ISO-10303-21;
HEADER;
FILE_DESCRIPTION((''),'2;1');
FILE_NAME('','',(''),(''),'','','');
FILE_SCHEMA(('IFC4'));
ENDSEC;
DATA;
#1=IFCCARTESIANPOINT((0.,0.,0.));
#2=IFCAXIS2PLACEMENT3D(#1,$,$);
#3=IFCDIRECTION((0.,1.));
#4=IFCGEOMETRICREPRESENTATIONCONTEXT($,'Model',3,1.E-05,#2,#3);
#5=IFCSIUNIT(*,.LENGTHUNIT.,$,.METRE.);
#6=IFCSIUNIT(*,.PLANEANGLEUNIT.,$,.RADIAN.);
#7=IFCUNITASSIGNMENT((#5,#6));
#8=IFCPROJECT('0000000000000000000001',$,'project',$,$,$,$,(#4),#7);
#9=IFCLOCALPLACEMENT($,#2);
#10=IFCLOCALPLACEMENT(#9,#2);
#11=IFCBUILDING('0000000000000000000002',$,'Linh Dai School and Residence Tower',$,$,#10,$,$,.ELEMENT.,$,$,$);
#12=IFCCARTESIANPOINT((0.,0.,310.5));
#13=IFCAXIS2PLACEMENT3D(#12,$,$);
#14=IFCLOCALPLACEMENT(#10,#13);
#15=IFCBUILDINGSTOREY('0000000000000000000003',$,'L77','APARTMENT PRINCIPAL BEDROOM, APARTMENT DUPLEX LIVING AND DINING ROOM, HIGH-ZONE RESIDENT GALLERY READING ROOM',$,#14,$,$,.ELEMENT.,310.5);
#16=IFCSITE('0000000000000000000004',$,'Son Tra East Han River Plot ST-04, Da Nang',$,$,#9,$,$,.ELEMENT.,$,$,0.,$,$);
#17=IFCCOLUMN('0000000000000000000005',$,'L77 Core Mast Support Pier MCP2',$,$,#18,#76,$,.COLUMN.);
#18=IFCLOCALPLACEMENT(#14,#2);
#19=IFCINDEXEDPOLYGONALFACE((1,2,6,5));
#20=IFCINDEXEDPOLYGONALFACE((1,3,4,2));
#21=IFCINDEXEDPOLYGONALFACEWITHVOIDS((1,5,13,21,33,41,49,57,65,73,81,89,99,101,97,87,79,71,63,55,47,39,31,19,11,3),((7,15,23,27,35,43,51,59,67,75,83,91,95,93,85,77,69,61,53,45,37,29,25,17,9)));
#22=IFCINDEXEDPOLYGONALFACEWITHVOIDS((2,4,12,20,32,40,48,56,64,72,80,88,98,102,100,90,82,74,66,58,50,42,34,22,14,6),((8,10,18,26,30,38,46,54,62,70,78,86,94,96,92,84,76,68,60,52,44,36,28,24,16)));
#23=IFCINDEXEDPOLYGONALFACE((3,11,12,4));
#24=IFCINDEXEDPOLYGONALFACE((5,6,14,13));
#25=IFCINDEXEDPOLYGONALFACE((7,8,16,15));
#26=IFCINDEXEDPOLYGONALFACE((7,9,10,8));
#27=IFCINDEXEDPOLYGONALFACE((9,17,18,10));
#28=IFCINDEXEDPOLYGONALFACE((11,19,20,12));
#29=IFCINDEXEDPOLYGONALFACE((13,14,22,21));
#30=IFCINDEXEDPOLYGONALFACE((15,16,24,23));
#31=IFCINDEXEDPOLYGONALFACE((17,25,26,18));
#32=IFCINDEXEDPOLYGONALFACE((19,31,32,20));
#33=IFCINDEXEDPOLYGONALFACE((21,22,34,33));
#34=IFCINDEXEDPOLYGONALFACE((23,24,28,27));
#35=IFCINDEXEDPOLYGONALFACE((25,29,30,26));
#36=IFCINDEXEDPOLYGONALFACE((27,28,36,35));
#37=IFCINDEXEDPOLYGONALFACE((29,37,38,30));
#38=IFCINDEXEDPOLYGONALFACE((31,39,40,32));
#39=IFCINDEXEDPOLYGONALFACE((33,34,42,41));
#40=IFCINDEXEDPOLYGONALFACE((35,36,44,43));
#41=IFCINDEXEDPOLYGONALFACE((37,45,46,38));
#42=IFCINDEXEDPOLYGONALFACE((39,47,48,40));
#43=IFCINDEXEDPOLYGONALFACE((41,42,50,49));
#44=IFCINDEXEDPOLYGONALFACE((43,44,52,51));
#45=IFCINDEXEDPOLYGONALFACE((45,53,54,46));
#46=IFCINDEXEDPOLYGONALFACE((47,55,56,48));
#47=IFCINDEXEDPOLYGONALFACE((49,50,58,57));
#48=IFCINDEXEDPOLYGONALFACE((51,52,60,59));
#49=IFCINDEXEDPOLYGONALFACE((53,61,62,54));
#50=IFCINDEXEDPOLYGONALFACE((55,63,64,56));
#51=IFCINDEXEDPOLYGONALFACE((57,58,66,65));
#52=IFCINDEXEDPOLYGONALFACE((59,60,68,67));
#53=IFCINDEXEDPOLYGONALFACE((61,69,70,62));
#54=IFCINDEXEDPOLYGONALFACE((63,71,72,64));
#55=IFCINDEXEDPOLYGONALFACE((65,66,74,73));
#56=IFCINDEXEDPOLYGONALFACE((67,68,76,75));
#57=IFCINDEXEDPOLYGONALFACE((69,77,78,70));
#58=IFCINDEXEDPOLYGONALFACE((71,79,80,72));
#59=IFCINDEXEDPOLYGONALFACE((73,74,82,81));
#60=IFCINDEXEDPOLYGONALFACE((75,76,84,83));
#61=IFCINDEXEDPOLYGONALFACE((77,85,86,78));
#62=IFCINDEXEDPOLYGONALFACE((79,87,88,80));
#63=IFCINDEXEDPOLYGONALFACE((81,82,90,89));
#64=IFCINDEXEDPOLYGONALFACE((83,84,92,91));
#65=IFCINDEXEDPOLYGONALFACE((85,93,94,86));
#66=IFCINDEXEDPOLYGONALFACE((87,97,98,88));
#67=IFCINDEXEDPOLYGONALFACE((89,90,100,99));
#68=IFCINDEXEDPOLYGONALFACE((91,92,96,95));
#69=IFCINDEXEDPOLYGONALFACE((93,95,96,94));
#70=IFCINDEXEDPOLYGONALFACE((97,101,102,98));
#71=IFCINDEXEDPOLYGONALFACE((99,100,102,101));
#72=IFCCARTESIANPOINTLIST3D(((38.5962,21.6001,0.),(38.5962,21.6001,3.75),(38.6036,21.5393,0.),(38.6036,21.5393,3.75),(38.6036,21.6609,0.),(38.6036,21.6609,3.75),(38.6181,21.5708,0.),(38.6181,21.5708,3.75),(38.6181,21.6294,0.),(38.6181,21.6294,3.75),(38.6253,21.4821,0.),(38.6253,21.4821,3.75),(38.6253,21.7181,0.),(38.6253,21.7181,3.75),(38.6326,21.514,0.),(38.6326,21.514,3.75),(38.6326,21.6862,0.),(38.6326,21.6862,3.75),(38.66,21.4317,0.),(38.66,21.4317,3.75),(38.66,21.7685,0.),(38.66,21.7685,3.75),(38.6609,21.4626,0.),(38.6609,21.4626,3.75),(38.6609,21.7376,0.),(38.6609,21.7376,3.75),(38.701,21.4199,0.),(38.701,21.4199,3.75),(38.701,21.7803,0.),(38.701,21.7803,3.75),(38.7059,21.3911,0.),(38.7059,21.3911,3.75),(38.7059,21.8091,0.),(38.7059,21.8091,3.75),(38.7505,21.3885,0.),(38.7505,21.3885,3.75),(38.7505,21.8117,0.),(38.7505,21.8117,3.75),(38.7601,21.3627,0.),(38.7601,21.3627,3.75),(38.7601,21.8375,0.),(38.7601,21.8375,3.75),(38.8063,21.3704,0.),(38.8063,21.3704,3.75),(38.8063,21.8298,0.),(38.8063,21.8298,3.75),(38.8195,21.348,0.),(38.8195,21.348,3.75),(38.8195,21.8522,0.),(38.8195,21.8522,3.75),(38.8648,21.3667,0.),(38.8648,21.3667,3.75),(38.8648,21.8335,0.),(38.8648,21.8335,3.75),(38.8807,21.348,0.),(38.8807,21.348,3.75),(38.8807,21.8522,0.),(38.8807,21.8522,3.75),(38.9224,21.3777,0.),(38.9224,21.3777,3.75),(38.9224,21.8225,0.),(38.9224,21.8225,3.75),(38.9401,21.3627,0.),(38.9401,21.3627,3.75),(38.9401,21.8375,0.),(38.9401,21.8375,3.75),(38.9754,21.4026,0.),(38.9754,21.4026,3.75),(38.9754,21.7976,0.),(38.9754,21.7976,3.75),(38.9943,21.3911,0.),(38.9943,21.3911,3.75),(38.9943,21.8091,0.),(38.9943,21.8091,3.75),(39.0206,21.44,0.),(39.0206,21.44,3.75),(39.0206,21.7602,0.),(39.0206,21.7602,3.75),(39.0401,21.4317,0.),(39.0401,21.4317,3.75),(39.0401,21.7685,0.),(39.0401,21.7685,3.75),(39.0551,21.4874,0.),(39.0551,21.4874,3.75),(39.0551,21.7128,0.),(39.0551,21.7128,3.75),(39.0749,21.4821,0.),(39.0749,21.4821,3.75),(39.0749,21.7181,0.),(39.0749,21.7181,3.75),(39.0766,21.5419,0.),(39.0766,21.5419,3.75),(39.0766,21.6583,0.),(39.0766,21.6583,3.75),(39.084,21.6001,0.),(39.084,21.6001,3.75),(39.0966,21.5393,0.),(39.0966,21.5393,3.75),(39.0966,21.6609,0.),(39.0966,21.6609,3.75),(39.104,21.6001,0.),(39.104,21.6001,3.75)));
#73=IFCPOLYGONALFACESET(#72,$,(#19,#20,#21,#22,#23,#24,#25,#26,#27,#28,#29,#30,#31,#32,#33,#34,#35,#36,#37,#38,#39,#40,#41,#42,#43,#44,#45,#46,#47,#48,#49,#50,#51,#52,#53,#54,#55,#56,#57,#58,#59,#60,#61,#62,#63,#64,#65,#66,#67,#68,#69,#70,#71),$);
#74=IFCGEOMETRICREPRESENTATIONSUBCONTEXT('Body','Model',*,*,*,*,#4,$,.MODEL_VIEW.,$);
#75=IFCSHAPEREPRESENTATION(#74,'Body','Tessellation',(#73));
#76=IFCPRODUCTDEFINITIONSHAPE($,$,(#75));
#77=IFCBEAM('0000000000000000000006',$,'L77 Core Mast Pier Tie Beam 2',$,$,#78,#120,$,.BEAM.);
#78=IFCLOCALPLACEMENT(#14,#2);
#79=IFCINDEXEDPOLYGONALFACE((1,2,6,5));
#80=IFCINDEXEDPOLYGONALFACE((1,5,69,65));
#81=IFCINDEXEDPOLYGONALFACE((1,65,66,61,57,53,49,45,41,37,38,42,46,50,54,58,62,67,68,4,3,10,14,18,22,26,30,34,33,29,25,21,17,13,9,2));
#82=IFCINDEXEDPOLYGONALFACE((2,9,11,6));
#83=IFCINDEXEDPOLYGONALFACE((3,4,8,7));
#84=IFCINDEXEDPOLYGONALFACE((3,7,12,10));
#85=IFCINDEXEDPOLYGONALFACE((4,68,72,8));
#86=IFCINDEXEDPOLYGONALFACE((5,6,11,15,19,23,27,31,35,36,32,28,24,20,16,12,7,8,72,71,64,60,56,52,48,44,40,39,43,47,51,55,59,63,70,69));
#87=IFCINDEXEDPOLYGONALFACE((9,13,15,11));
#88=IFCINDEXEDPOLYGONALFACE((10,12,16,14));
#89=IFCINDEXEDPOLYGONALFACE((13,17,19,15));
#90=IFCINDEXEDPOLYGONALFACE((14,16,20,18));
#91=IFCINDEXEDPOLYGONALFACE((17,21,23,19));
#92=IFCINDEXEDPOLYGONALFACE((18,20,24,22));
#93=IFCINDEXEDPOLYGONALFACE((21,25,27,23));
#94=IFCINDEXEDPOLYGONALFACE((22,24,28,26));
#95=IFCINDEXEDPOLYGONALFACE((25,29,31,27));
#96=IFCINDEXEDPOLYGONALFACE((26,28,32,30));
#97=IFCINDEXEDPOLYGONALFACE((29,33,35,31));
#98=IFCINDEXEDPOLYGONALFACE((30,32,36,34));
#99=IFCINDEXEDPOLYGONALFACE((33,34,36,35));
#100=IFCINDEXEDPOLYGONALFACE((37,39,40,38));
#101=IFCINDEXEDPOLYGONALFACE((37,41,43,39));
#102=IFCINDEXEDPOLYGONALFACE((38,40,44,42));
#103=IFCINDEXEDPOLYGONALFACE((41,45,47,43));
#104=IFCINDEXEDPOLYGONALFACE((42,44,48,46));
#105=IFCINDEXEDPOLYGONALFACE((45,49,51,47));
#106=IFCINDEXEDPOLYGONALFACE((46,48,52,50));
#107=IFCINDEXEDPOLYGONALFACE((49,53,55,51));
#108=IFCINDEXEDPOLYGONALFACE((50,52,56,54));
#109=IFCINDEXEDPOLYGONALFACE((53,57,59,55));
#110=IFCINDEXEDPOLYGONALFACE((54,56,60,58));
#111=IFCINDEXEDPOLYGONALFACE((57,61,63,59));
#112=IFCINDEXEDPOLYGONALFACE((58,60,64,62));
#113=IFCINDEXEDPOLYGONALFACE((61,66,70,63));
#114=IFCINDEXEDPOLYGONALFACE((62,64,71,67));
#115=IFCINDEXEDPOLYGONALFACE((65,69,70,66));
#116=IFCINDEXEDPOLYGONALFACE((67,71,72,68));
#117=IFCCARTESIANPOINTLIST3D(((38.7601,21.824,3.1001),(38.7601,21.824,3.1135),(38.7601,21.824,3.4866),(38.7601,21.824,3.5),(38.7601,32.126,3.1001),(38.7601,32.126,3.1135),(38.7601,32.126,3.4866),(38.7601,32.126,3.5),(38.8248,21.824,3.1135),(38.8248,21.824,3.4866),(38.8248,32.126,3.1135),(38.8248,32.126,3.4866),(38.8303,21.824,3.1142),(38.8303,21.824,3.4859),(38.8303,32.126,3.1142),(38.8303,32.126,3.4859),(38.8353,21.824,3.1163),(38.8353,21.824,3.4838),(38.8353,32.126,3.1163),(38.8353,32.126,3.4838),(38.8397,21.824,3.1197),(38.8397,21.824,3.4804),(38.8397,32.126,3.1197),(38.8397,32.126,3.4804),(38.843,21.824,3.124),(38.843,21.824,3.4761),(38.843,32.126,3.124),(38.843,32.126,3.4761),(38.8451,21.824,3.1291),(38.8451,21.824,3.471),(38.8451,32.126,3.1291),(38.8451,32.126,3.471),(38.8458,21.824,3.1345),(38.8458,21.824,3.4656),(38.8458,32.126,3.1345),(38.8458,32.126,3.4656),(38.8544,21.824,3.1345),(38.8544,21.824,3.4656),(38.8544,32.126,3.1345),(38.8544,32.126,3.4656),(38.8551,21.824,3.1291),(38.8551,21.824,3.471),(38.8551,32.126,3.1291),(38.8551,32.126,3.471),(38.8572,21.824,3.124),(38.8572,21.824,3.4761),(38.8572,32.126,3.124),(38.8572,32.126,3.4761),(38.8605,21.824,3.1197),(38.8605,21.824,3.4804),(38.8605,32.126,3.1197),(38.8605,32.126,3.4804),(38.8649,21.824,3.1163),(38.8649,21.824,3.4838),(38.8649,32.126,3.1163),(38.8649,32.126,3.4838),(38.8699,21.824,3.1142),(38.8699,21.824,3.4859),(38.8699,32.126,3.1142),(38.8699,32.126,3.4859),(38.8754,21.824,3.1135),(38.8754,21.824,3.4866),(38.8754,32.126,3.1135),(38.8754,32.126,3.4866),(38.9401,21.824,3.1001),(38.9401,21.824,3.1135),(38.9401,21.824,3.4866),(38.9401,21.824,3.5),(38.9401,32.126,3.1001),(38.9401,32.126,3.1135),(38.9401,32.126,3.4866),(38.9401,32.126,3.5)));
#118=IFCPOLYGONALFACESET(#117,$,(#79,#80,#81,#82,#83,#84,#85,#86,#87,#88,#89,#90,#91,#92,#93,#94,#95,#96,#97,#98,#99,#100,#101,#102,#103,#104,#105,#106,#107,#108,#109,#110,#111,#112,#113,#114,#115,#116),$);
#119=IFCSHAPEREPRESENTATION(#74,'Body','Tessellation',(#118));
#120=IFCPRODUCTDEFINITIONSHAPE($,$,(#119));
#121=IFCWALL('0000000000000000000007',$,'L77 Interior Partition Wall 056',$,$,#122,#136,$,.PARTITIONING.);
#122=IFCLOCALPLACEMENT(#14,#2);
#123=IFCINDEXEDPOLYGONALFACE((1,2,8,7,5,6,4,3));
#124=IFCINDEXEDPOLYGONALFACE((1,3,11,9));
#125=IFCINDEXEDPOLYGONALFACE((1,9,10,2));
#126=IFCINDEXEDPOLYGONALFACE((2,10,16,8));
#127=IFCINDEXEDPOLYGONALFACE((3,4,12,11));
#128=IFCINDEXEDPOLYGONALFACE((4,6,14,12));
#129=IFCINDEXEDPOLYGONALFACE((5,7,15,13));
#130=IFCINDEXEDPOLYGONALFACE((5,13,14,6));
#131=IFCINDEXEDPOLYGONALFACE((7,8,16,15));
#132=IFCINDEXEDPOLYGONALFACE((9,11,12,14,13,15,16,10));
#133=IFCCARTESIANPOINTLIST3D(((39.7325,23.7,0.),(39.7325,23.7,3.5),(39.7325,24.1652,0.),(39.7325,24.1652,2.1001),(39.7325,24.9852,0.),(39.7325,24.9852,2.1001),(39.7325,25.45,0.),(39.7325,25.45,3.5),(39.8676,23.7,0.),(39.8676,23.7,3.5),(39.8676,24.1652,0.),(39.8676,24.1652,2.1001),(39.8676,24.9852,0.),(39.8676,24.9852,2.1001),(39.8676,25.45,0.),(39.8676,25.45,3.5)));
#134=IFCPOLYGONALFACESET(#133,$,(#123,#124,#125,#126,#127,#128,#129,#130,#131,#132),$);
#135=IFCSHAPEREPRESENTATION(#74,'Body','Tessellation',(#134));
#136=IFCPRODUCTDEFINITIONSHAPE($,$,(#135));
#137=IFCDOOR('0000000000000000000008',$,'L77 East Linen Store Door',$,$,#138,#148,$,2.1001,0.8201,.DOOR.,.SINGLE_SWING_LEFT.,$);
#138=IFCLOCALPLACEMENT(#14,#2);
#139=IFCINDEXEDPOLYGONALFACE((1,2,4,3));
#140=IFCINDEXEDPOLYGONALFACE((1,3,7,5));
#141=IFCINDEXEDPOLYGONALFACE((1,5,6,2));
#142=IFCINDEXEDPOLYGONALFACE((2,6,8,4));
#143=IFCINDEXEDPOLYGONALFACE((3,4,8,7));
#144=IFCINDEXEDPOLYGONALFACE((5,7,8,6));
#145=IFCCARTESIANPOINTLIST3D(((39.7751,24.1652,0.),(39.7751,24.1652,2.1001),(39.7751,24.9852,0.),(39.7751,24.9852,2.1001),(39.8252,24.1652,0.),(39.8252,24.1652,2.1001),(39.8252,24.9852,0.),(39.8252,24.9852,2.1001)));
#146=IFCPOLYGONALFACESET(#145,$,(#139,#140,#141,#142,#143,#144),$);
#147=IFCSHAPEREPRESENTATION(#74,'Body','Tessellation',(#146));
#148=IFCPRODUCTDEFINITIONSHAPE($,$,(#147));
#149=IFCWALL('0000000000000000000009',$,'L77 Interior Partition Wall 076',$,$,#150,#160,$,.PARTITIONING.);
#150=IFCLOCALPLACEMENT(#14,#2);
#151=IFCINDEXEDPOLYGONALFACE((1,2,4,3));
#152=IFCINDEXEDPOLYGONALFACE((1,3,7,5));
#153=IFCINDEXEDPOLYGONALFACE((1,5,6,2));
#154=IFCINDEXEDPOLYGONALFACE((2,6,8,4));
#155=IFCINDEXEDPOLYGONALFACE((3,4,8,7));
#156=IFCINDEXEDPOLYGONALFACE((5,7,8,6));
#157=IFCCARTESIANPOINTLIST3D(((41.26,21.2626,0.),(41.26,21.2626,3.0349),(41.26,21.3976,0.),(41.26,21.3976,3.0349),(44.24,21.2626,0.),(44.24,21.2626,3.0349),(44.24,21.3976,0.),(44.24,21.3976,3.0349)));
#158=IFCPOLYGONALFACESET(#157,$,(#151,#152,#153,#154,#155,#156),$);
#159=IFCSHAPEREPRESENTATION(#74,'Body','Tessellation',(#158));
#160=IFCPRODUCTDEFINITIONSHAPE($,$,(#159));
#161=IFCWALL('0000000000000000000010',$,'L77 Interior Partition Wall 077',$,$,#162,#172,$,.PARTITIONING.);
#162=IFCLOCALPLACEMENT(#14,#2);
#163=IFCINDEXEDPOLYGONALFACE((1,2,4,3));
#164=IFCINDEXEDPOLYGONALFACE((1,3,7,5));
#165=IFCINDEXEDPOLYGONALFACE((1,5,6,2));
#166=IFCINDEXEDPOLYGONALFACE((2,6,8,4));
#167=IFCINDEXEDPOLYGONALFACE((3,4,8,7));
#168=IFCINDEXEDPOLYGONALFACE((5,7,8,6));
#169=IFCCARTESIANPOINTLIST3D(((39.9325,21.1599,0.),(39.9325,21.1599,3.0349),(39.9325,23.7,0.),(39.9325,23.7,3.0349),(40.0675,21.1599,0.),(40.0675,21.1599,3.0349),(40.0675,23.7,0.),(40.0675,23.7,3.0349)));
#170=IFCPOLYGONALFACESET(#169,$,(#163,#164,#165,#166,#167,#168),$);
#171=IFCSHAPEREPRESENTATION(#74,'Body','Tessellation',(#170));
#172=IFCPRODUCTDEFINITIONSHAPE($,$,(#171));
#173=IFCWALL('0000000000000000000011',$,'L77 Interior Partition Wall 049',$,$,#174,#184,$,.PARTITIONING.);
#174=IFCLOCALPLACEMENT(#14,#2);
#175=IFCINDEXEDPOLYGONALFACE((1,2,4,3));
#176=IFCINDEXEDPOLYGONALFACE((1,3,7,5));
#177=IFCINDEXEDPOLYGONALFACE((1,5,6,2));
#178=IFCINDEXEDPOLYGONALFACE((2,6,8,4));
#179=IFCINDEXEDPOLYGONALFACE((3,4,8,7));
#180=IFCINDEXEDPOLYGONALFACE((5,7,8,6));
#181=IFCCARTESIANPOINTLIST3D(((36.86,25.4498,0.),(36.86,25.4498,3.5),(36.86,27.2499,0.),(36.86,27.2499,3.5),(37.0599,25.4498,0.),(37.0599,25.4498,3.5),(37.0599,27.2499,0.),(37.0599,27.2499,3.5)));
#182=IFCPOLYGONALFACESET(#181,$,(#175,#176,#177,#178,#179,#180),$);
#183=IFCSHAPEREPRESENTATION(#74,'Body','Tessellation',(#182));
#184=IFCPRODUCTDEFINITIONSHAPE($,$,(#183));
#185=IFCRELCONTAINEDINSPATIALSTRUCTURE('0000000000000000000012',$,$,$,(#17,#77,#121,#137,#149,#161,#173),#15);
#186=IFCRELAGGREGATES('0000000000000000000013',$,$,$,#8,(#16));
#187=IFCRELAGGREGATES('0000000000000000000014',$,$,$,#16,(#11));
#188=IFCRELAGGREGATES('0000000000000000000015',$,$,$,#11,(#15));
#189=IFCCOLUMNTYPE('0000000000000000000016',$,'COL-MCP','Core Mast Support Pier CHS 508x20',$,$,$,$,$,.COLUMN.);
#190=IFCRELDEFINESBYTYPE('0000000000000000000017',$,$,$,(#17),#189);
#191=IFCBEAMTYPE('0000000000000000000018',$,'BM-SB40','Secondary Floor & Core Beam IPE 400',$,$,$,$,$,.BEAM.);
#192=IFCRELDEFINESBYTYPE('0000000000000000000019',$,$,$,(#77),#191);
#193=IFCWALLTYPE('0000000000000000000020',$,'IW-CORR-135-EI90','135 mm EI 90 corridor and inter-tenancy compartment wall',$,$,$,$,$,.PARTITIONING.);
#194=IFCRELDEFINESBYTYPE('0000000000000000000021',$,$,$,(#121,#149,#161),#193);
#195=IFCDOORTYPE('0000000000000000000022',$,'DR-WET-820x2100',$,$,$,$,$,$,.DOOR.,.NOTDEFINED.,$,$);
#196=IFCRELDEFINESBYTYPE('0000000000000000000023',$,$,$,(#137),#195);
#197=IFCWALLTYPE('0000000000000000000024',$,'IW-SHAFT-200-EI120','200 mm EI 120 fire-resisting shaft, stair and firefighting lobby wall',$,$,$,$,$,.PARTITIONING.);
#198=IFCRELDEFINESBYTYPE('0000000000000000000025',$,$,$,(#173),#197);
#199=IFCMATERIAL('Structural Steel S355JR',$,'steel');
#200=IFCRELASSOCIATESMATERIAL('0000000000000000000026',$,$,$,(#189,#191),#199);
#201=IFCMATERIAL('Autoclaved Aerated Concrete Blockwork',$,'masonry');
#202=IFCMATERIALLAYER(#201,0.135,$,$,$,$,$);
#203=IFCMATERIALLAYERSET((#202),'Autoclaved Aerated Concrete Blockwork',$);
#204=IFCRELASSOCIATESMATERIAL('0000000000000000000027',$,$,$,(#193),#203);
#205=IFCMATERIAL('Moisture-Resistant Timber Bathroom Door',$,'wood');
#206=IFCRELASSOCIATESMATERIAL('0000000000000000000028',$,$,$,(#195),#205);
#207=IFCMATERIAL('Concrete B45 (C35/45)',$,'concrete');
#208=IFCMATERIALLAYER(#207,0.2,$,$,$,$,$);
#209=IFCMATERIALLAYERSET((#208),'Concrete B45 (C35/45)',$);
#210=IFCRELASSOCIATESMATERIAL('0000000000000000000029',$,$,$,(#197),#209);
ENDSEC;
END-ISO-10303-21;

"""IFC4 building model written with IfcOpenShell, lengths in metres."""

from ifc_helpers import new_model, si_unit, direction, frame, frame_2d, origin, origin_2d, place, context, subcontext, project, spatial, rectangle, hollow_circle, i_section, extrude, source, transform, mapped, material, layer, layer_set, material_profile, profile_set, type_object, element, fill, save


model = new_model("IFC4")

# Units and contexts
model_context = context("Model", 3, precision=1e-05, world=origin(), true_north=direction((0.0, 1.0)))
body_context = subcontext(model_context, "Body", "Model", "MODEL_VIEW")
ifc_project = project(units=[si_unit("LENGTHUNIT", "METRE"), si_unit("PLANEANGLEUNIT", "RADIAN")], contexts=[model_context])

# Site, building, storey
site_placement = place(None, origin())
site = spatial("IfcSite", under=ifc_project, at=site_placement, Name="Son Tra East Han River Plot ST-04, Da Nang", CompositionType="ELEMENT", RefElevation=0.0)
building_placement = place(site_placement, origin())
building = spatial("IfcBuilding", under=site, at=building_placement, Name="Linh Dai School and Residence Tower", CompositionType="ELEMENT")
storey_placement = place(building_placement, frame((0.0, 0.0, 310.5)))
storey = spatial("IfcBuildingStorey", under=building, at=storey_placement, Name="L77", Description="APARTMENT PRINCIPAL BEDROOM, APARTMENT DUPLEX LIVING AND DINING ROOM, HIGH-ZONE RESIDENT GALLERY READING ROOM", CompositionType="ELEMENT", Elevation=310.5)

# Column
ifc_material_1 = material(Name="Structural Steel S355JR", Category="steel")
ifc_material_profile_1 = material_profile(ifc_material_1, hollow_circle(Radius=0.2539, WallThickness=0.02, at=origin_2d()), Name="CHS 508x20")
ifc_profile_set_1 = profile_set([ifc_material_profile_1], Name="Structural Steel S355JR")
column_type_1 = type_object("IfcColumnType", Name="COL-MCP", Description="Core Mast Support Pier CHS 508x20", PredefinedType="COLUMN", material=ifc_profile_set_1)
column_placement = place(storey_placement, frame((38.8501, 21.6001, 0.0), z_axis=(0.0, 0.0, 1.0), x_axis=(1.0, 0.0, 0.0)))
element("IfcColumn", 1, at=column_placement, inside=storey, type_object=column_type_1, Name="L77 Core Mast Support Pier MCP2", PredefinedType="COLUMN", context=body_context, shape_type="SweptSolid", body=[
    extrude(hollow_circle(Radius=0.2539, WallThickness=0.02, at=origin_2d()), origin(), (0.0, 0.0, 1.0), 3.75),
])

# Beam
ifc_material_profile_2 = material_profile(ifc_material_1, i_section(OverallWidth=0.1799, OverallDepth=0.3999, WebThickness=0.0085, FlangeThickness=0.0134, FilletRadius=0.021, at=origin_2d()), Name="IPE 400")
ifc_profile_set_2 = profile_set([ifc_material_profile_2], Name="Structural Steel S355JR")
beam_type = type_object("IfcBeamType", Name="BM-SB40", Description="Secondary Floor & Core Beam IPE 400", PredefinedType="BEAM", material=ifc_profile_set_2)
beam_placement = place(storey_placement, frame((38.8501, 21.824, 3.3), z_axis=(0.0, 1.0, 0.0), x_axis=(-1.0, 0.0, 0.0)))
element("IfcBeam", 2, at=beam_placement, inside=storey, type_object=beam_type, Name="L77 Core Mast Pier Tie Beam 2", PredefinedType="BEAM", context=body_context, shape_type="SweptSolid", body=[
    extrude(i_section(OverallWidth=0.1799, OverallDepth=0.3999, WebThickness=0.0085, FlangeThickness=0.0134, FilletRadius=0.021, at=origin_2d()), origin(), (0.0, 0.0, 1.0), 10.302),
])

# Wall, opening, door
ifc_material_2 = material(Name="Autoclaved Aerated Concrete Blockwork", Category="masonry")
ifc_layer_1 = layer(ifc_material_2, 0.135)
ifc_layer_set_1 = layer_set([ifc_layer_1], Name="Autoclaved Aerated Concrete Blockwork")
wall_type_1 = type_object("IfcWallType", Name="IW-CORR-135-EI90", Description="135 mm EI 90 corridor and inter-tenancy compartment wall", PredefinedType="PARTITIONING", material=ifc_layer_set_1)
wall_1_placement = place(storey_placement, frame((39.8, 23.7, 0.0), z_axis=(0.0, 0.0, 1.0), x_axis=(0.0, 1.0, 0.0)))
wall_1 = element("IfcWall", 3, at=wall_1_placement, inside=storey, type_object=wall_type_1, Name="L77 Interior Partition Wall 056", PredefinedType="PARTITIONING", context=body_context, shape_type="SweptSolid", body=[
    extrude(rectangle(XDim=1.75, YDim=0.135, at=frame_2d((0.875, 0.0))), origin(), (0.0, 0.0, 1.0), 3.5),
])
opening_placement = place(wall_1_placement, frame((0.4651, 0.0, 0.0)))
opening = element("IfcOpeningElement", 4, at=opening_placement, cuts=wall_1, PredefinedType="OPENING", context=body_context, shape_type="SweptSolid", body=[
    extrude(rectangle(XDim=0.8201, YDim=2.1001, at=origin_2d()), frame((0.4102, 0.0776, 1.05), z_axis=(0.0, -1.0, 0.0), x_axis=(1.0, 0.0, 0.0)), (0.0, 0.0, 1.0), 0.155),
])
ifc_material_3 = material(Name="Moisture-Resistant Timber Bathroom Door", Category="wood")
door_type = type_object("IfcDoorType", Name="DR-WET-820x2100", OperationType="NOTDEFINED", PredefinedType="DOOR", material=ifc_material_3)
shared_shape_1 = source(origin(), body_context, "Body", "SweptSolid", [
    extrude(rectangle(XDim=0.8201, YDim=2.1001, at=origin_2d()), frame((0.4102, 0.0249, 1.05), z_axis=(0.0, -1.0, 0.0), x_axis=(1.0, 0.0, 0.0)), (0.0, 0.0, 1.0), 0.05),
])
door_placement = place(opening_placement, origin())
door = element("IfcDoor", 5, at=door_placement, inside=storey, type_object=door_type, Name="L77 East Linen Store Door", OperationType="SINGLE_SWING_LEFT", OverallHeight=2.1001, OverallWidth=0.8201, PredefinedType="DOOR", context=body_context, shape_type="MappedRepresentation", body=[
    mapped(shared_shape_1, transform((0.0, 0.0, 0.0), x_axis=(1.0, 0.0, 0.0), y_axis=(0.0, 1.0, 0.0), z_axis=(0.0, 0.0, 1.0), scale=1.0)),
])
fill(opening, door)

# Walls
wall_2_placement = place(storey_placement, frame((44.24, 21.3301, 0.0), z_axis=(0.0, 0.0, 1.0), x_axis=(-1.0, 0.0, 0.0)))
element("IfcWall", 6, at=wall_2_placement, inside=storey, type_object=wall_type_1, Name="L77 Interior Partition Wall 076", PredefinedType="PARTITIONING", context=body_context, shape_type="SweptSolid", body=[
    extrude(rectangle(XDim=2.98, YDim=0.135, at=frame_2d((1.49, 0.0))), origin(), (0.0, 0.0, 1.0), 3.0349),
])
wall_3_placement = place(storey_placement, frame((40.0, 23.7, 0.0), z_axis=(0.0, 0.0, 1.0), x_axis=(0.0, -1.0, 0.0)))
element("IfcWall", 7, at=wall_3_placement, inside=storey, type_object=wall_type_1, Name="L77 Interior Partition Wall 077", PredefinedType="PARTITIONING", context=body_context, shape_type="SweptSolid", body=[
    extrude(rectangle(XDim=2.54, YDim=0.135, at=frame_2d((1.27, 0.0))), origin(), (0.0, 0.0, 1.0), 3.0349),
])
ifc_material_4 = material(Name="Concrete B45 (C35/45)", Category="concrete")
ifc_layer_2 = layer(ifc_material_4, 0.2)
ifc_layer_set_2 = layer_set([ifc_layer_2], Name="Concrete B45 (C35/45)")
wall_type_2 = type_object("IfcWallType", Name="IW-SHAFT-200-EI120", Description="200 mm EI 120 fire-resisting shaft, stair and firefighting lobby wall", PredefinedType="PARTITIONING", material=ifc_layer_set_2)
for number, where, z_axis, x_axis, name in (
    (8, (36.96, 25.45, 0.0), (0.0, 0.0, 1.0), (0.0, 1.0, 0.0), "L77 Interior Partition Wall 049"),
):
    element("IfcWall", number, at=place(storey_placement, frame(where, z_axis=z_axis, x_axis=x_axis)), inside=storey, type_object=wall_type_2, Name=name, PredefinedType="PARTITIONING", context=body_context, shape_type="SweptSolid", body=[
        extrude(rectangle(XDim=1.8, YDim=0.2, at=frame_2d((0.8999, 0.0))), origin(), (0.0, 0.0, 1.0), 3.5),
    ])

save(model, "model.ifc")
